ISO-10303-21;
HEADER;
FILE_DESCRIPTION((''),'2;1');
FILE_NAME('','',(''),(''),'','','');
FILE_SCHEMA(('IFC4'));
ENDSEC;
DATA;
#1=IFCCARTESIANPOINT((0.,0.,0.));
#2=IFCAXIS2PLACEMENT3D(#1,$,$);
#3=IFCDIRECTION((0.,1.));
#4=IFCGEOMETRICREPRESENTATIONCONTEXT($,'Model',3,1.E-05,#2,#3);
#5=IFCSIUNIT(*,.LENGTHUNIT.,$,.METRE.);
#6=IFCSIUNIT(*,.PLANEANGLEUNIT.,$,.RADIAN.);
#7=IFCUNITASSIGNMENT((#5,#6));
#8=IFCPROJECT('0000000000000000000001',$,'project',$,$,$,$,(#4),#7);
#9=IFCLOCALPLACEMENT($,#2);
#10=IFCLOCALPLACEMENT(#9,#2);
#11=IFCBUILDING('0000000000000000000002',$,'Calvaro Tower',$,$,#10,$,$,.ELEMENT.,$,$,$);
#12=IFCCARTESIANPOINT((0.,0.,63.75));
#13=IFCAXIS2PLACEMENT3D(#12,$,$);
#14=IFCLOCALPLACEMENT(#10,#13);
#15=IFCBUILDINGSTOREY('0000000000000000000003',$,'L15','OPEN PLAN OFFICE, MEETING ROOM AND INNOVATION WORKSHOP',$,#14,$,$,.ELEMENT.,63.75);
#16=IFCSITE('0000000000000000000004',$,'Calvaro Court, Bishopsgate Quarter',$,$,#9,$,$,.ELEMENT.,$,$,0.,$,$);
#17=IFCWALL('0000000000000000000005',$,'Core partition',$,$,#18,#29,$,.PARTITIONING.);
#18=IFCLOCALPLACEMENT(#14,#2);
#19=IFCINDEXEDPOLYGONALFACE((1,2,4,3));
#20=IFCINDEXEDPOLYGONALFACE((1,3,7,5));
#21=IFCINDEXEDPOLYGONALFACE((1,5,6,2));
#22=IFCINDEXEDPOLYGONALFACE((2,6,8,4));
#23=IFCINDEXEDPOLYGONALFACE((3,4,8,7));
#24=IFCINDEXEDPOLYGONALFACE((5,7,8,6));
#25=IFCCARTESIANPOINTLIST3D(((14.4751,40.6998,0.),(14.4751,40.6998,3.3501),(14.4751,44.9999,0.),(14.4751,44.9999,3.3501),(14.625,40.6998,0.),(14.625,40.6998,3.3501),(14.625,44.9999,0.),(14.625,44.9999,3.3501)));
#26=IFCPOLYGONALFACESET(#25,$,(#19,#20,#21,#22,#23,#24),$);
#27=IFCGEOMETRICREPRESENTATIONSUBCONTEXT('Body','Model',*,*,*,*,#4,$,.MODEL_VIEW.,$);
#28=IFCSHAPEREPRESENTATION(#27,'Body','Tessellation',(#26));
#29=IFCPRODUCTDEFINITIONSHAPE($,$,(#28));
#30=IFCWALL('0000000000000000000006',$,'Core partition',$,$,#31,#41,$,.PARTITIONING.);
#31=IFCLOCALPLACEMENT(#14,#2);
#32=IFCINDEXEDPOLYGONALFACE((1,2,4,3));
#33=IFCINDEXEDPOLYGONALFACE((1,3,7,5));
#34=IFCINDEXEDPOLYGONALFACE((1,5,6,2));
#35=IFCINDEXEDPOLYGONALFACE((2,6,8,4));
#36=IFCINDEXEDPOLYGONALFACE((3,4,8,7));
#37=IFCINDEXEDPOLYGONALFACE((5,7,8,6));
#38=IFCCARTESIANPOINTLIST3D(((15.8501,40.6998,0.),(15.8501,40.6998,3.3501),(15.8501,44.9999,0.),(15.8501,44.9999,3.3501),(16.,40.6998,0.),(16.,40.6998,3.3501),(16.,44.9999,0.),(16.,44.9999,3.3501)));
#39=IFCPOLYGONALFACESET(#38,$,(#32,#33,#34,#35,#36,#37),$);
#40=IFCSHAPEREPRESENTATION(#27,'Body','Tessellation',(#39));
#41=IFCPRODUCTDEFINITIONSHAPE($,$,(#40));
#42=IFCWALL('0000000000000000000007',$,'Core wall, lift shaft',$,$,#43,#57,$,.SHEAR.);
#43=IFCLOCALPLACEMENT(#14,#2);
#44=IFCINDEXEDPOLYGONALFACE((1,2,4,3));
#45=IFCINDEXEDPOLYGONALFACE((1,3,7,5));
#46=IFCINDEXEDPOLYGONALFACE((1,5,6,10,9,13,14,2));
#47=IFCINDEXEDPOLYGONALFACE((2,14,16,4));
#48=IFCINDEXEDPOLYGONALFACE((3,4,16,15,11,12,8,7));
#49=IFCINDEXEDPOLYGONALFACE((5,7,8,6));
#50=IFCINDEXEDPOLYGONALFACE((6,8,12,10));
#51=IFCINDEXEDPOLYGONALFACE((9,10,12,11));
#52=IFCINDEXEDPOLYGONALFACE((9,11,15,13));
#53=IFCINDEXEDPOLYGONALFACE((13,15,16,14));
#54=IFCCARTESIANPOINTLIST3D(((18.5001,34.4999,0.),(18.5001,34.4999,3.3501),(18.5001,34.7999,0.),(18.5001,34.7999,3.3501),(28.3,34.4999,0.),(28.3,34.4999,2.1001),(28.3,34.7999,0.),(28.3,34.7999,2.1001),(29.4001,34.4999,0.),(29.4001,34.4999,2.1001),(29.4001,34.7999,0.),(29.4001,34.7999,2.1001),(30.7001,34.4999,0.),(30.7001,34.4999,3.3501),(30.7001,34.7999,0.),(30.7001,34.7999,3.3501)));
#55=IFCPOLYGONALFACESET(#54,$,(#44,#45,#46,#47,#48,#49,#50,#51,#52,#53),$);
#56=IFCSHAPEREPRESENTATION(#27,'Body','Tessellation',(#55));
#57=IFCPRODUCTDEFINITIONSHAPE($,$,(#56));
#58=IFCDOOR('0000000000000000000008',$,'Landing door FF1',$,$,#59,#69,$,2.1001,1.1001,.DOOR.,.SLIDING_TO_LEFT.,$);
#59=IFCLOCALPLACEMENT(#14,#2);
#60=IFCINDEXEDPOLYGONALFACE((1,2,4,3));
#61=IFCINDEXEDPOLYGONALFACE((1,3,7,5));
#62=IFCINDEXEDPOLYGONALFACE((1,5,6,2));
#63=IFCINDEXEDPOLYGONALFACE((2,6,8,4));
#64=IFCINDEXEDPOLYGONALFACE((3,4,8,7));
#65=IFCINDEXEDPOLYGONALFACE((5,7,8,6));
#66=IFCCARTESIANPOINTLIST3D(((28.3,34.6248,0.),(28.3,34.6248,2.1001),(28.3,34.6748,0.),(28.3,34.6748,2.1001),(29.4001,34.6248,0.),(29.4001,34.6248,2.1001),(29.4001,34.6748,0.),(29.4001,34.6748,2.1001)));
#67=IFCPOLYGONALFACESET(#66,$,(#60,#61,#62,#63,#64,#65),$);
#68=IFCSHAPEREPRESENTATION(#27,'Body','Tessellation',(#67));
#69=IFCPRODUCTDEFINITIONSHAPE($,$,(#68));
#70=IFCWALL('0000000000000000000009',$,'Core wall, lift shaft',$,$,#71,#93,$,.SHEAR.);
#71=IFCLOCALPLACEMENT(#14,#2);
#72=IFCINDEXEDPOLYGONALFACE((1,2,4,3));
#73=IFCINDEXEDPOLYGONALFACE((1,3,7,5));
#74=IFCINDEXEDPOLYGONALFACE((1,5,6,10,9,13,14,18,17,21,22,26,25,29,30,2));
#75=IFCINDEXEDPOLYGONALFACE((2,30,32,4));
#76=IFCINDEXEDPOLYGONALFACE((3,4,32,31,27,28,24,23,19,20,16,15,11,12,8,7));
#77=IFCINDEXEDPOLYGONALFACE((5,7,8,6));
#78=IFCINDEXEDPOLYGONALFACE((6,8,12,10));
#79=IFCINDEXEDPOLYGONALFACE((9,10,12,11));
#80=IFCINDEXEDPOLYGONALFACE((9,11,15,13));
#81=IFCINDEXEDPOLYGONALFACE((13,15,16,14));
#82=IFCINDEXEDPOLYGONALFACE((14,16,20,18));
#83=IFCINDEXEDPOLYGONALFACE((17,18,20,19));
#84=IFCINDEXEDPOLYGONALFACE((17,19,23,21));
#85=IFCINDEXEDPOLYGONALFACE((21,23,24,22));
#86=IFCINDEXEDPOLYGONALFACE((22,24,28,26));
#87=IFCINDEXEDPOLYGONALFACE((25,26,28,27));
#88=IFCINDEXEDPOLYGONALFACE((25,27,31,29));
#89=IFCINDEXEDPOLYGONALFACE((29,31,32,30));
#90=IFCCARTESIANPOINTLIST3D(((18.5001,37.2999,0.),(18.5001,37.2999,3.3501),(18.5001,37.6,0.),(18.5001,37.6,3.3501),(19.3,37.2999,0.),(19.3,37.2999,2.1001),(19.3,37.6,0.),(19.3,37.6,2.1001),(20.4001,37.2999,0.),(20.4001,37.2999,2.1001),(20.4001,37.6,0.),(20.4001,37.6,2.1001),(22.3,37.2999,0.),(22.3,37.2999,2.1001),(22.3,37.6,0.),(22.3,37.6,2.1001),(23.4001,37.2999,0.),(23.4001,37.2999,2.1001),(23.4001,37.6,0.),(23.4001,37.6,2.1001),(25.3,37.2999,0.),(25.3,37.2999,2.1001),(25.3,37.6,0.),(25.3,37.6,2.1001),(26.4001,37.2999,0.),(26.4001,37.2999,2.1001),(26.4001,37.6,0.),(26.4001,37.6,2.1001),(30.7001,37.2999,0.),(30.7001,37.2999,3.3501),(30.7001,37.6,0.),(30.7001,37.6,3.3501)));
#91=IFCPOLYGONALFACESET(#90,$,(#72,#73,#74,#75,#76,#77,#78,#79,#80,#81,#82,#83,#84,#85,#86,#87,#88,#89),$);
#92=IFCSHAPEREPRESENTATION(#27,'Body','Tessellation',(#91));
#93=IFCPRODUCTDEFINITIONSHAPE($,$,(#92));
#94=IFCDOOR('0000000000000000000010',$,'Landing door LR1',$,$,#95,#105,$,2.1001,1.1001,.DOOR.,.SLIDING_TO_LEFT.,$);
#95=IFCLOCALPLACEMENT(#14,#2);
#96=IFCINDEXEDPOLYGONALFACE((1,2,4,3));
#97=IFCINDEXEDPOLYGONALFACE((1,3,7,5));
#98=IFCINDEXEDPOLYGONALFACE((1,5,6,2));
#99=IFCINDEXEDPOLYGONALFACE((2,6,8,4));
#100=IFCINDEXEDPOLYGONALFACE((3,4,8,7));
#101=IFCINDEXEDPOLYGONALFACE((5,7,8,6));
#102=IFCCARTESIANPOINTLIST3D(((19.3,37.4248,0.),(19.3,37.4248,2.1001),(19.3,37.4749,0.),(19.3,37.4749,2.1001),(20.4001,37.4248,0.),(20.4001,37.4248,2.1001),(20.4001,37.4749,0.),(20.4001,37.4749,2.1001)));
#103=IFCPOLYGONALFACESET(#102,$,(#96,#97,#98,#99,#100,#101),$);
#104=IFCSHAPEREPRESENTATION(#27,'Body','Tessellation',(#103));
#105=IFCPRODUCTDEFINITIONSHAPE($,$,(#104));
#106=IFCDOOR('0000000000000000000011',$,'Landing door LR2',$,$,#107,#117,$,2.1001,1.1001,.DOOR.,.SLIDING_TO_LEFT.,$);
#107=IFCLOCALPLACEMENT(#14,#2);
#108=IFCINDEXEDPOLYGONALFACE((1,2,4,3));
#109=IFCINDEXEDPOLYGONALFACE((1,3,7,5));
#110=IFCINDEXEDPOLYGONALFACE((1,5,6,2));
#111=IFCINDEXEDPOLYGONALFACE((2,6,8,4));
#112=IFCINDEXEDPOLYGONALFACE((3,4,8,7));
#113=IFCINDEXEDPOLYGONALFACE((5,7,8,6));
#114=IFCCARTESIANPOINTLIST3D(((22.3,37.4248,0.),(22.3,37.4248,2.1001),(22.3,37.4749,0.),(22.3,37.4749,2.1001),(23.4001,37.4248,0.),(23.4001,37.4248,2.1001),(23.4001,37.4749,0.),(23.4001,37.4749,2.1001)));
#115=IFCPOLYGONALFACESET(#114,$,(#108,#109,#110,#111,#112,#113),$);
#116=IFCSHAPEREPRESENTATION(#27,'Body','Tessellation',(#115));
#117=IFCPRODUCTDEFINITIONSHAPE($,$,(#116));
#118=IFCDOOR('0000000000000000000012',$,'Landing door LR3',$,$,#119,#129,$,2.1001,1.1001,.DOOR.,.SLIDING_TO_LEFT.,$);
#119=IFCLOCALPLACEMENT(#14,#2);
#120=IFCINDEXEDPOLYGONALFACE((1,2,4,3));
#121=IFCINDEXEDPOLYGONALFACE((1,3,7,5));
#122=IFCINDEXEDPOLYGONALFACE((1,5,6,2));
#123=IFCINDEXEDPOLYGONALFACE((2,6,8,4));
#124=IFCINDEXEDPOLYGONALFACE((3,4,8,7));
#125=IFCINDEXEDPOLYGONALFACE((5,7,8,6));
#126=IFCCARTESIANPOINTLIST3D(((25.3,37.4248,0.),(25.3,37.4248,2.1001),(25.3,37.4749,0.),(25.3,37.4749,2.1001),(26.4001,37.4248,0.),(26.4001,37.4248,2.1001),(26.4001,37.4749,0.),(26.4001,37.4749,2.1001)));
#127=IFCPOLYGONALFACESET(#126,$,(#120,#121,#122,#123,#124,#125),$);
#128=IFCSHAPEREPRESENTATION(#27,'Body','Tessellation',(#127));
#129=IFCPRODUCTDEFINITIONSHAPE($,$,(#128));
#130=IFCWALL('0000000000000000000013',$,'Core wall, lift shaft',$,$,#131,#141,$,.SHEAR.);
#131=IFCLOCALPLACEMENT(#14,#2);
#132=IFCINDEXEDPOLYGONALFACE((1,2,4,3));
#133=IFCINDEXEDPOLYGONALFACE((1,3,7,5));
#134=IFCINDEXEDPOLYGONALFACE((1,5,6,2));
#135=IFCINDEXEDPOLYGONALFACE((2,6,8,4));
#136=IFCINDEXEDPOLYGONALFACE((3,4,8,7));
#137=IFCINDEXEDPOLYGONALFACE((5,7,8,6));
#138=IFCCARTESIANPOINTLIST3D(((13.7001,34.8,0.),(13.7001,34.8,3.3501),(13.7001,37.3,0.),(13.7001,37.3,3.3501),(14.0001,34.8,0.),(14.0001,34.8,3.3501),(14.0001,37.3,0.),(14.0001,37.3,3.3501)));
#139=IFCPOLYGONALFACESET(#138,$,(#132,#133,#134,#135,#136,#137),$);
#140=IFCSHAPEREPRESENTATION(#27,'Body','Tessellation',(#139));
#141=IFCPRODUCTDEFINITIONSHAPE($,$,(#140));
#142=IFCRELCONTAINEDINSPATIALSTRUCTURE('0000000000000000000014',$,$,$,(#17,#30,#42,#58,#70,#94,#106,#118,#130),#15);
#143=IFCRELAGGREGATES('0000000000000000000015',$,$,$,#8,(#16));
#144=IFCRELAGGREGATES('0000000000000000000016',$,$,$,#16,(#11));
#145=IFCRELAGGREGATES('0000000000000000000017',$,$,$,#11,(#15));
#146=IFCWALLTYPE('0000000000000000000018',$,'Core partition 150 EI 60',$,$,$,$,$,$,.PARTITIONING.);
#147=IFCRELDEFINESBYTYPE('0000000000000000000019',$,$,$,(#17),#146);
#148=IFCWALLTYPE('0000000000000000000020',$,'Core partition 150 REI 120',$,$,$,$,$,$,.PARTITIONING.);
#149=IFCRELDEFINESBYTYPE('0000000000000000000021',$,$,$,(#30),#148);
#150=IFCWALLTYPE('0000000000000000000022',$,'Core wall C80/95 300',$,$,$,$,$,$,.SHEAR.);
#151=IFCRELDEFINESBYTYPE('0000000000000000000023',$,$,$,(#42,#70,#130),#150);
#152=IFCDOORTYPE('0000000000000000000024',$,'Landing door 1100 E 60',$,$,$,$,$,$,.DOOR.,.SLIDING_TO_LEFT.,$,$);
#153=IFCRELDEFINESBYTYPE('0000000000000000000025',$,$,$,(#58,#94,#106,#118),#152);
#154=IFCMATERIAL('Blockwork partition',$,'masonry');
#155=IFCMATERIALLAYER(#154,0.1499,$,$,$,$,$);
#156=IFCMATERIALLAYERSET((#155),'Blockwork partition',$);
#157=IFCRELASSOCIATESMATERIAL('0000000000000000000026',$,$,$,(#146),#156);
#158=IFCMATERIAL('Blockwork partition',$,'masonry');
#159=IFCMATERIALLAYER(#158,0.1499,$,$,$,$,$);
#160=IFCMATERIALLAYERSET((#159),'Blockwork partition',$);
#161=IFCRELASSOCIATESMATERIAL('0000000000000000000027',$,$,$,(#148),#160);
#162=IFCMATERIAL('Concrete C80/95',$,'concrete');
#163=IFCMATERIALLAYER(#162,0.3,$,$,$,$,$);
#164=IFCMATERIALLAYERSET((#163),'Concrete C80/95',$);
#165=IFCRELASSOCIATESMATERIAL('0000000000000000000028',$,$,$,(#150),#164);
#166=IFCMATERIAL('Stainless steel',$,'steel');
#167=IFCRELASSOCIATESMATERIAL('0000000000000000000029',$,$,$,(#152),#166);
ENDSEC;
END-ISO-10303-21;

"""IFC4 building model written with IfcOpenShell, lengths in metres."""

from ifc_helpers import new_model, si_unit, direction, frame, frame_2d, origin, place, context, subcontext, project, spatial, rectangle, extrude, material, layer, layer_set, type_object, element, fill, save


model = new_model("IFC4")

# Units and contexts
model_context = context("Model", 3, precision=1e-05, world=origin(), true_north=direction((0.0, 1.0)))
body_context = subcontext(model_context, "Body", "Model", "MODEL_VIEW")
ifc_project = project(units=[si_unit("LENGTHUNIT", "METRE"), si_unit("PLANEANGLEUNIT", "RADIAN")], contexts=[model_context])

# Site, building, storey
site_placement = place(None, origin())
site = spatial("IfcSite", under=ifc_project, at=site_placement, Name="Calvaro Court, Bishopsgate Quarter", CompositionType="ELEMENT", RefElevation=0.0)
building_placement = place(site_placement, origin())
building = spatial("IfcBuilding", under=site, at=building_placement, Name="Calvaro Tower", CompositionType="ELEMENT")
storey_placement = place(building_placement, frame((0.0, 0.0, 63.75)))
storey = spatial("IfcBuildingStorey", under=building, at=storey_placement, Name="L15", Description="OPEN PLAN OFFICE, MEETING ROOM AND INNOVATION WORKSHOP", CompositionType="ELEMENT", Elevation=63.75)

# Walls
ifc_material_1 = material(Name="Blockwork partition", Category="masonry")
ifc_layer_1 = layer(ifc_material_1, 0.1499)
ifc_layer_set_1 = layer_set([ifc_layer_1], Name="Blockwork partition")
wall_type_1 = type_object("IfcWallType", Name="Core partition 150 EI 60", PredefinedType="PARTITIONING", material=ifc_layer_set_1)
wall_1_placement = place(storey_placement, frame((14.55, 40.7, 0.0), z_axis=(0.0, 0.0, 1.0), x_axis=(0.0, 1.0, 0.0)))
element("IfcWall", 1, at=wall_1_placement, inside=storey, type_object=wall_type_1, Name="Core partition", PredefinedType="PARTITIONING", context=body_context, shape_type="SweptSolid", body=[
    extrude(rectangle(XDim=4.3, YDim=0.1499, at=frame_2d((2.1499, 0.0))), origin(), (0.0, 0.0, 1.0), 3.3501),
])
ifc_material_2 = material(Name="Blockwork partition", Category="masonry")
ifc_layer_2 = layer(ifc_material_2, 0.1499)
ifc_layer_set_2 = layer_set([ifc_layer_2], Name="Blockwork partition")
wall_type_2 = type_object("IfcWallType", Name="Core partition 150 REI 120", PredefinedType="PARTITIONING", material=ifc_layer_set_2)
wall_2_placement = place(storey_placement, frame((15.925, 40.7, 0.0), z_axis=(0.0, 0.0, 1.0), x_axis=(0.0, 1.0, 0.0)))
element("IfcWall", 2, at=wall_2_placement, inside=storey, type_object=wall_type_2, Name="Core partition", PredefinedType="PARTITIONING", context=body_context, shape_type="SweptSolid", body=[
    extrude(rectangle(XDim=4.3, YDim=0.1499, at=frame_2d((2.1499, 0.0))), origin(), (0.0, 0.0, 1.0), 3.3501),
])

# Wall, opening, door
ifc_material_3 = material(Name="Concrete C80/95", Category="concrete")
ifc_layer_3 = layer(ifc_material_3, 0.3)
ifc_layer_set_3 = layer_set([ifc_layer_3], Name="Concrete C80/95")
wall_type_3 = type_object("IfcWallType", Name="Core wall C80/95 300", PredefinedType="SHEAR", material=ifc_layer_set_3)
wall_3_placement = place(storey_placement, frame((18.5, 34.6499, 0.0), z_axis=(0.0, 0.0, 1.0), x_axis=(1.0, 0.0, 0.0)))
wall_3 = element("IfcWall", 3, at=wall_3_placement, inside=storey, type_object=wall_type_3, Name="Core wall, lift shaft", PredefinedType="SHEAR", context=body_context, shape_type="SweptSolid", body=[
    extrude(rectangle(XDim=12.2, YDim=0.3, at=frame_2d((6.1001, 0.0))), origin(), (0.0, 0.0, 1.0), 3.3501),
])
opening_1_placement = place(wall_3_placement, frame((9.8, 0.0, 0.0)))
opening_1 = element("IfcOpeningElement", 4, at=opening_1_placement, cuts=wall_3, PredefinedType="OPENING", context=body_context, shape_type="SweptSolid", body=[
    extrude(rectangle(XDim=1.1001, YDim=2.1001, at=frame_2d((0.55, 1.05))), frame((0.0, 0.1599, 0.0), z_axis=(0.0, -1.0, 0.0), x_axis=(1.0, 0.0, 0.0)), (0.0, 0.0, 1.0), 0.3201),
])
ifc_material_4 = material(Name="Stainless steel", Category="steel")
door_type_1 = type_object("IfcDoorType", Name="Landing door 1100 E 60", OperationType="SLIDING_TO_LEFT", PredefinedType="DOOR", material=ifc_material_4)
door_1_placement = place(opening_1_placement, origin())
door_1 = element("IfcDoor", 5, at=door_1_placement, inside=storey, type_object=door_type_1, Name="Landing door FF1", OperationType="SLIDING_TO_LEFT", OverallHeight=2.1001, OverallWidth=1.1001, PredefinedType="DOOR", context=body_context, shape_type="SweptSolid", body=[
    extrude(rectangle(XDim=1.1001, YDim=2.1001, at=frame_2d((0.55, 1.05))), frame((0.0, 0.0249, 0.0), z_axis=(0.0, -1.0, 0.0), x_axis=(1.0, 0.0, 0.0)), (0.0, 0.0, 1.0), 0.05),
])
fill(opening_1, door_1)

# Wall, openings, doors
wall_4_placement = place(storey_placement, frame((18.5, 37.45, 0.0), z_axis=(0.0, 0.0, 1.0), x_axis=(1.0, 0.0, 0.0)))
wall_4 = element("IfcWall", 6, at=wall_4_placement, inside=storey, type_object=wall_type_3, Name="Core wall, lift shaft", PredefinedType="SHEAR", context=body_context, shape_type="SweptSolid", body=[
    extrude(rectangle(XDim=12.2, YDim=0.3, at=frame_2d((6.1001, 0.0))), origin(), (0.0, 0.0, 1.0), 3.3501),
])
opening_2_placement = place(wall_4_placement, frame((0.8, 0.0, 0.0)))
opening_2 = element("IfcOpeningElement", 7, at=opening_2_placement, cuts=wall_4, PredefinedType="OPENING", context=body_context, shape_type="SweptSolid", body=[
    extrude(rectangle(XDim=1.1001, YDim=2.1001, at=frame_2d((0.55, 1.05))), frame((0.0, 0.1599, 0.0), z_axis=(0.0, -1.0, 0.0), x_axis=(1.0, 0.0, 0.0)), (0.0, 0.0, 1.0), 0.3201),
])
opening_3_placement = place(wall_4_placement, frame((3.8, 0.0, 0.0)))
opening_3 = element("IfcOpeningElement", 8, at=opening_3_placement, cuts=wall_4, PredefinedType="OPENING", context=body_context, shape_type="SweptSolid", body=[
    extrude(rectangle(XDim=1.1001, YDim=2.1001, at=frame_2d((0.55, 1.05))), frame((0.0, 0.1599, 0.0), z_axis=(0.0, -1.0, 0.0), x_axis=(1.0, 0.0, 0.0)), (0.0, 0.0, 1.0), 0.3201),
])
opening_4_placement = place(wall_4_placement, frame((6.8, 0.0, 0.0)))
opening_4 = element("IfcOpeningElement", 9, at=opening_4_placement, cuts=wall_4, PredefinedType="OPENING", context=body_context, shape_type="SweptSolid", body=[
    extrude(rectangle(XDim=1.1001, YDim=2.1001, at=frame_2d((0.55, 1.05))), frame((0.0, 0.1599, 0.0), z_axis=(0.0, -1.0, 0.0), x_axis=(1.0, 0.0, 0.0)), (0.0, 0.0, 1.0), 0.3201),
])
door_2_placement = place(opening_2_placement, origin())
door_2 = element("IfcDoor", 10, at=door_2_placement, inside=storey, type_object=door_type_1, Name="Landing door LR1", OperationType="SLIDING_TO_LEFT", OverallHeight=2.1001, OverallWidth=1.1001, PredefinedType="DOOR", context=body_context, shape_type="SweptSolid", body=[
    extrude(rectangle(XDim=1.1001, YDim=2.1001, at=frame_2d((0.55, 1.05))), frame((0.0, 0.0249, 0.0), z_axis=(0.0, -1.0, 0.0), x_axis=(1.0, 0.0, 0.0)), (0.0, 0.0, 1.0), 0.05),
])
fill(opening_2, door_2)
door_3_placement = place(opening_3_placement, origin())
door_3 = element("IfcDoor", 11, at=door_3_placement, inside=storey, type_object=door_type_1, Name="Landing door LR2", OperationType="SLIDING_TO_LEFT", OverallHeight=2.1001, OverallWidth=1.1001, PredefinedType="DOOR", context=body_context, shape_type="SweptSolid", body=[
    extrude(rectangle(XDim=1.1001, YDim=2.1001, at=frame_2d((0.55, 1.05))), frame((0.0, 0.0249, 0.0), z_axis=(0.0, -1.0, 0.0), x_axis=(1.0, 0.0, 0.0)), (0.0, 0.0, 1.0), 0.05),
])
fill(opening_3, door_3)
door_4_placement = place(opening_4_placement, origin())
door_4 = element("IfcDoor", 12, at=door_4_placement, inside=storey, type_object=door_type_1, Name="Landing door LR3", OperationType="SLIDING_TO_LEFT", OverallHeight=2.1001, OverallWidth=1.1001, PredefinedType="DOOR", context=body_context, shape_type="SweptSolid", body=[
    extrude(rectangle(XDim=1.1001, YDim=2.1001, at=frame_2d((0.55, 1.05))), frame((0.0, 0.0249, 0.0), z_axis=(0.0, -1.0, 0.0), x_axis=(1.0, 0.0, 0.0)), (0.0, 0.0, 1.0), 0.05),
])
fill(opening_4, door_4)

# Wall
wall_5_placement = place(storey_placement, frame((13.8501, 34.8, 0.0), z_axis=(0.0, 0.0, 1.0), x_axis=(0.0, 1.0, 0.0)))
element("IfcWall", 13, at=wall_5_placement, inside=storey, type_object=wall_type_3, Name="Core wall, lift shaft", PredefinedType="SHEAR", context=body_context, shape_type="SweptSolid", body=[
    extrude(rectangle(XDim=2.5, YDim=0.3, at=frame_2d((1.25, 0.0))), origin(), (0.0, 0.0, 1.0), 3.3501),
])

save(model, "model.ifc")
